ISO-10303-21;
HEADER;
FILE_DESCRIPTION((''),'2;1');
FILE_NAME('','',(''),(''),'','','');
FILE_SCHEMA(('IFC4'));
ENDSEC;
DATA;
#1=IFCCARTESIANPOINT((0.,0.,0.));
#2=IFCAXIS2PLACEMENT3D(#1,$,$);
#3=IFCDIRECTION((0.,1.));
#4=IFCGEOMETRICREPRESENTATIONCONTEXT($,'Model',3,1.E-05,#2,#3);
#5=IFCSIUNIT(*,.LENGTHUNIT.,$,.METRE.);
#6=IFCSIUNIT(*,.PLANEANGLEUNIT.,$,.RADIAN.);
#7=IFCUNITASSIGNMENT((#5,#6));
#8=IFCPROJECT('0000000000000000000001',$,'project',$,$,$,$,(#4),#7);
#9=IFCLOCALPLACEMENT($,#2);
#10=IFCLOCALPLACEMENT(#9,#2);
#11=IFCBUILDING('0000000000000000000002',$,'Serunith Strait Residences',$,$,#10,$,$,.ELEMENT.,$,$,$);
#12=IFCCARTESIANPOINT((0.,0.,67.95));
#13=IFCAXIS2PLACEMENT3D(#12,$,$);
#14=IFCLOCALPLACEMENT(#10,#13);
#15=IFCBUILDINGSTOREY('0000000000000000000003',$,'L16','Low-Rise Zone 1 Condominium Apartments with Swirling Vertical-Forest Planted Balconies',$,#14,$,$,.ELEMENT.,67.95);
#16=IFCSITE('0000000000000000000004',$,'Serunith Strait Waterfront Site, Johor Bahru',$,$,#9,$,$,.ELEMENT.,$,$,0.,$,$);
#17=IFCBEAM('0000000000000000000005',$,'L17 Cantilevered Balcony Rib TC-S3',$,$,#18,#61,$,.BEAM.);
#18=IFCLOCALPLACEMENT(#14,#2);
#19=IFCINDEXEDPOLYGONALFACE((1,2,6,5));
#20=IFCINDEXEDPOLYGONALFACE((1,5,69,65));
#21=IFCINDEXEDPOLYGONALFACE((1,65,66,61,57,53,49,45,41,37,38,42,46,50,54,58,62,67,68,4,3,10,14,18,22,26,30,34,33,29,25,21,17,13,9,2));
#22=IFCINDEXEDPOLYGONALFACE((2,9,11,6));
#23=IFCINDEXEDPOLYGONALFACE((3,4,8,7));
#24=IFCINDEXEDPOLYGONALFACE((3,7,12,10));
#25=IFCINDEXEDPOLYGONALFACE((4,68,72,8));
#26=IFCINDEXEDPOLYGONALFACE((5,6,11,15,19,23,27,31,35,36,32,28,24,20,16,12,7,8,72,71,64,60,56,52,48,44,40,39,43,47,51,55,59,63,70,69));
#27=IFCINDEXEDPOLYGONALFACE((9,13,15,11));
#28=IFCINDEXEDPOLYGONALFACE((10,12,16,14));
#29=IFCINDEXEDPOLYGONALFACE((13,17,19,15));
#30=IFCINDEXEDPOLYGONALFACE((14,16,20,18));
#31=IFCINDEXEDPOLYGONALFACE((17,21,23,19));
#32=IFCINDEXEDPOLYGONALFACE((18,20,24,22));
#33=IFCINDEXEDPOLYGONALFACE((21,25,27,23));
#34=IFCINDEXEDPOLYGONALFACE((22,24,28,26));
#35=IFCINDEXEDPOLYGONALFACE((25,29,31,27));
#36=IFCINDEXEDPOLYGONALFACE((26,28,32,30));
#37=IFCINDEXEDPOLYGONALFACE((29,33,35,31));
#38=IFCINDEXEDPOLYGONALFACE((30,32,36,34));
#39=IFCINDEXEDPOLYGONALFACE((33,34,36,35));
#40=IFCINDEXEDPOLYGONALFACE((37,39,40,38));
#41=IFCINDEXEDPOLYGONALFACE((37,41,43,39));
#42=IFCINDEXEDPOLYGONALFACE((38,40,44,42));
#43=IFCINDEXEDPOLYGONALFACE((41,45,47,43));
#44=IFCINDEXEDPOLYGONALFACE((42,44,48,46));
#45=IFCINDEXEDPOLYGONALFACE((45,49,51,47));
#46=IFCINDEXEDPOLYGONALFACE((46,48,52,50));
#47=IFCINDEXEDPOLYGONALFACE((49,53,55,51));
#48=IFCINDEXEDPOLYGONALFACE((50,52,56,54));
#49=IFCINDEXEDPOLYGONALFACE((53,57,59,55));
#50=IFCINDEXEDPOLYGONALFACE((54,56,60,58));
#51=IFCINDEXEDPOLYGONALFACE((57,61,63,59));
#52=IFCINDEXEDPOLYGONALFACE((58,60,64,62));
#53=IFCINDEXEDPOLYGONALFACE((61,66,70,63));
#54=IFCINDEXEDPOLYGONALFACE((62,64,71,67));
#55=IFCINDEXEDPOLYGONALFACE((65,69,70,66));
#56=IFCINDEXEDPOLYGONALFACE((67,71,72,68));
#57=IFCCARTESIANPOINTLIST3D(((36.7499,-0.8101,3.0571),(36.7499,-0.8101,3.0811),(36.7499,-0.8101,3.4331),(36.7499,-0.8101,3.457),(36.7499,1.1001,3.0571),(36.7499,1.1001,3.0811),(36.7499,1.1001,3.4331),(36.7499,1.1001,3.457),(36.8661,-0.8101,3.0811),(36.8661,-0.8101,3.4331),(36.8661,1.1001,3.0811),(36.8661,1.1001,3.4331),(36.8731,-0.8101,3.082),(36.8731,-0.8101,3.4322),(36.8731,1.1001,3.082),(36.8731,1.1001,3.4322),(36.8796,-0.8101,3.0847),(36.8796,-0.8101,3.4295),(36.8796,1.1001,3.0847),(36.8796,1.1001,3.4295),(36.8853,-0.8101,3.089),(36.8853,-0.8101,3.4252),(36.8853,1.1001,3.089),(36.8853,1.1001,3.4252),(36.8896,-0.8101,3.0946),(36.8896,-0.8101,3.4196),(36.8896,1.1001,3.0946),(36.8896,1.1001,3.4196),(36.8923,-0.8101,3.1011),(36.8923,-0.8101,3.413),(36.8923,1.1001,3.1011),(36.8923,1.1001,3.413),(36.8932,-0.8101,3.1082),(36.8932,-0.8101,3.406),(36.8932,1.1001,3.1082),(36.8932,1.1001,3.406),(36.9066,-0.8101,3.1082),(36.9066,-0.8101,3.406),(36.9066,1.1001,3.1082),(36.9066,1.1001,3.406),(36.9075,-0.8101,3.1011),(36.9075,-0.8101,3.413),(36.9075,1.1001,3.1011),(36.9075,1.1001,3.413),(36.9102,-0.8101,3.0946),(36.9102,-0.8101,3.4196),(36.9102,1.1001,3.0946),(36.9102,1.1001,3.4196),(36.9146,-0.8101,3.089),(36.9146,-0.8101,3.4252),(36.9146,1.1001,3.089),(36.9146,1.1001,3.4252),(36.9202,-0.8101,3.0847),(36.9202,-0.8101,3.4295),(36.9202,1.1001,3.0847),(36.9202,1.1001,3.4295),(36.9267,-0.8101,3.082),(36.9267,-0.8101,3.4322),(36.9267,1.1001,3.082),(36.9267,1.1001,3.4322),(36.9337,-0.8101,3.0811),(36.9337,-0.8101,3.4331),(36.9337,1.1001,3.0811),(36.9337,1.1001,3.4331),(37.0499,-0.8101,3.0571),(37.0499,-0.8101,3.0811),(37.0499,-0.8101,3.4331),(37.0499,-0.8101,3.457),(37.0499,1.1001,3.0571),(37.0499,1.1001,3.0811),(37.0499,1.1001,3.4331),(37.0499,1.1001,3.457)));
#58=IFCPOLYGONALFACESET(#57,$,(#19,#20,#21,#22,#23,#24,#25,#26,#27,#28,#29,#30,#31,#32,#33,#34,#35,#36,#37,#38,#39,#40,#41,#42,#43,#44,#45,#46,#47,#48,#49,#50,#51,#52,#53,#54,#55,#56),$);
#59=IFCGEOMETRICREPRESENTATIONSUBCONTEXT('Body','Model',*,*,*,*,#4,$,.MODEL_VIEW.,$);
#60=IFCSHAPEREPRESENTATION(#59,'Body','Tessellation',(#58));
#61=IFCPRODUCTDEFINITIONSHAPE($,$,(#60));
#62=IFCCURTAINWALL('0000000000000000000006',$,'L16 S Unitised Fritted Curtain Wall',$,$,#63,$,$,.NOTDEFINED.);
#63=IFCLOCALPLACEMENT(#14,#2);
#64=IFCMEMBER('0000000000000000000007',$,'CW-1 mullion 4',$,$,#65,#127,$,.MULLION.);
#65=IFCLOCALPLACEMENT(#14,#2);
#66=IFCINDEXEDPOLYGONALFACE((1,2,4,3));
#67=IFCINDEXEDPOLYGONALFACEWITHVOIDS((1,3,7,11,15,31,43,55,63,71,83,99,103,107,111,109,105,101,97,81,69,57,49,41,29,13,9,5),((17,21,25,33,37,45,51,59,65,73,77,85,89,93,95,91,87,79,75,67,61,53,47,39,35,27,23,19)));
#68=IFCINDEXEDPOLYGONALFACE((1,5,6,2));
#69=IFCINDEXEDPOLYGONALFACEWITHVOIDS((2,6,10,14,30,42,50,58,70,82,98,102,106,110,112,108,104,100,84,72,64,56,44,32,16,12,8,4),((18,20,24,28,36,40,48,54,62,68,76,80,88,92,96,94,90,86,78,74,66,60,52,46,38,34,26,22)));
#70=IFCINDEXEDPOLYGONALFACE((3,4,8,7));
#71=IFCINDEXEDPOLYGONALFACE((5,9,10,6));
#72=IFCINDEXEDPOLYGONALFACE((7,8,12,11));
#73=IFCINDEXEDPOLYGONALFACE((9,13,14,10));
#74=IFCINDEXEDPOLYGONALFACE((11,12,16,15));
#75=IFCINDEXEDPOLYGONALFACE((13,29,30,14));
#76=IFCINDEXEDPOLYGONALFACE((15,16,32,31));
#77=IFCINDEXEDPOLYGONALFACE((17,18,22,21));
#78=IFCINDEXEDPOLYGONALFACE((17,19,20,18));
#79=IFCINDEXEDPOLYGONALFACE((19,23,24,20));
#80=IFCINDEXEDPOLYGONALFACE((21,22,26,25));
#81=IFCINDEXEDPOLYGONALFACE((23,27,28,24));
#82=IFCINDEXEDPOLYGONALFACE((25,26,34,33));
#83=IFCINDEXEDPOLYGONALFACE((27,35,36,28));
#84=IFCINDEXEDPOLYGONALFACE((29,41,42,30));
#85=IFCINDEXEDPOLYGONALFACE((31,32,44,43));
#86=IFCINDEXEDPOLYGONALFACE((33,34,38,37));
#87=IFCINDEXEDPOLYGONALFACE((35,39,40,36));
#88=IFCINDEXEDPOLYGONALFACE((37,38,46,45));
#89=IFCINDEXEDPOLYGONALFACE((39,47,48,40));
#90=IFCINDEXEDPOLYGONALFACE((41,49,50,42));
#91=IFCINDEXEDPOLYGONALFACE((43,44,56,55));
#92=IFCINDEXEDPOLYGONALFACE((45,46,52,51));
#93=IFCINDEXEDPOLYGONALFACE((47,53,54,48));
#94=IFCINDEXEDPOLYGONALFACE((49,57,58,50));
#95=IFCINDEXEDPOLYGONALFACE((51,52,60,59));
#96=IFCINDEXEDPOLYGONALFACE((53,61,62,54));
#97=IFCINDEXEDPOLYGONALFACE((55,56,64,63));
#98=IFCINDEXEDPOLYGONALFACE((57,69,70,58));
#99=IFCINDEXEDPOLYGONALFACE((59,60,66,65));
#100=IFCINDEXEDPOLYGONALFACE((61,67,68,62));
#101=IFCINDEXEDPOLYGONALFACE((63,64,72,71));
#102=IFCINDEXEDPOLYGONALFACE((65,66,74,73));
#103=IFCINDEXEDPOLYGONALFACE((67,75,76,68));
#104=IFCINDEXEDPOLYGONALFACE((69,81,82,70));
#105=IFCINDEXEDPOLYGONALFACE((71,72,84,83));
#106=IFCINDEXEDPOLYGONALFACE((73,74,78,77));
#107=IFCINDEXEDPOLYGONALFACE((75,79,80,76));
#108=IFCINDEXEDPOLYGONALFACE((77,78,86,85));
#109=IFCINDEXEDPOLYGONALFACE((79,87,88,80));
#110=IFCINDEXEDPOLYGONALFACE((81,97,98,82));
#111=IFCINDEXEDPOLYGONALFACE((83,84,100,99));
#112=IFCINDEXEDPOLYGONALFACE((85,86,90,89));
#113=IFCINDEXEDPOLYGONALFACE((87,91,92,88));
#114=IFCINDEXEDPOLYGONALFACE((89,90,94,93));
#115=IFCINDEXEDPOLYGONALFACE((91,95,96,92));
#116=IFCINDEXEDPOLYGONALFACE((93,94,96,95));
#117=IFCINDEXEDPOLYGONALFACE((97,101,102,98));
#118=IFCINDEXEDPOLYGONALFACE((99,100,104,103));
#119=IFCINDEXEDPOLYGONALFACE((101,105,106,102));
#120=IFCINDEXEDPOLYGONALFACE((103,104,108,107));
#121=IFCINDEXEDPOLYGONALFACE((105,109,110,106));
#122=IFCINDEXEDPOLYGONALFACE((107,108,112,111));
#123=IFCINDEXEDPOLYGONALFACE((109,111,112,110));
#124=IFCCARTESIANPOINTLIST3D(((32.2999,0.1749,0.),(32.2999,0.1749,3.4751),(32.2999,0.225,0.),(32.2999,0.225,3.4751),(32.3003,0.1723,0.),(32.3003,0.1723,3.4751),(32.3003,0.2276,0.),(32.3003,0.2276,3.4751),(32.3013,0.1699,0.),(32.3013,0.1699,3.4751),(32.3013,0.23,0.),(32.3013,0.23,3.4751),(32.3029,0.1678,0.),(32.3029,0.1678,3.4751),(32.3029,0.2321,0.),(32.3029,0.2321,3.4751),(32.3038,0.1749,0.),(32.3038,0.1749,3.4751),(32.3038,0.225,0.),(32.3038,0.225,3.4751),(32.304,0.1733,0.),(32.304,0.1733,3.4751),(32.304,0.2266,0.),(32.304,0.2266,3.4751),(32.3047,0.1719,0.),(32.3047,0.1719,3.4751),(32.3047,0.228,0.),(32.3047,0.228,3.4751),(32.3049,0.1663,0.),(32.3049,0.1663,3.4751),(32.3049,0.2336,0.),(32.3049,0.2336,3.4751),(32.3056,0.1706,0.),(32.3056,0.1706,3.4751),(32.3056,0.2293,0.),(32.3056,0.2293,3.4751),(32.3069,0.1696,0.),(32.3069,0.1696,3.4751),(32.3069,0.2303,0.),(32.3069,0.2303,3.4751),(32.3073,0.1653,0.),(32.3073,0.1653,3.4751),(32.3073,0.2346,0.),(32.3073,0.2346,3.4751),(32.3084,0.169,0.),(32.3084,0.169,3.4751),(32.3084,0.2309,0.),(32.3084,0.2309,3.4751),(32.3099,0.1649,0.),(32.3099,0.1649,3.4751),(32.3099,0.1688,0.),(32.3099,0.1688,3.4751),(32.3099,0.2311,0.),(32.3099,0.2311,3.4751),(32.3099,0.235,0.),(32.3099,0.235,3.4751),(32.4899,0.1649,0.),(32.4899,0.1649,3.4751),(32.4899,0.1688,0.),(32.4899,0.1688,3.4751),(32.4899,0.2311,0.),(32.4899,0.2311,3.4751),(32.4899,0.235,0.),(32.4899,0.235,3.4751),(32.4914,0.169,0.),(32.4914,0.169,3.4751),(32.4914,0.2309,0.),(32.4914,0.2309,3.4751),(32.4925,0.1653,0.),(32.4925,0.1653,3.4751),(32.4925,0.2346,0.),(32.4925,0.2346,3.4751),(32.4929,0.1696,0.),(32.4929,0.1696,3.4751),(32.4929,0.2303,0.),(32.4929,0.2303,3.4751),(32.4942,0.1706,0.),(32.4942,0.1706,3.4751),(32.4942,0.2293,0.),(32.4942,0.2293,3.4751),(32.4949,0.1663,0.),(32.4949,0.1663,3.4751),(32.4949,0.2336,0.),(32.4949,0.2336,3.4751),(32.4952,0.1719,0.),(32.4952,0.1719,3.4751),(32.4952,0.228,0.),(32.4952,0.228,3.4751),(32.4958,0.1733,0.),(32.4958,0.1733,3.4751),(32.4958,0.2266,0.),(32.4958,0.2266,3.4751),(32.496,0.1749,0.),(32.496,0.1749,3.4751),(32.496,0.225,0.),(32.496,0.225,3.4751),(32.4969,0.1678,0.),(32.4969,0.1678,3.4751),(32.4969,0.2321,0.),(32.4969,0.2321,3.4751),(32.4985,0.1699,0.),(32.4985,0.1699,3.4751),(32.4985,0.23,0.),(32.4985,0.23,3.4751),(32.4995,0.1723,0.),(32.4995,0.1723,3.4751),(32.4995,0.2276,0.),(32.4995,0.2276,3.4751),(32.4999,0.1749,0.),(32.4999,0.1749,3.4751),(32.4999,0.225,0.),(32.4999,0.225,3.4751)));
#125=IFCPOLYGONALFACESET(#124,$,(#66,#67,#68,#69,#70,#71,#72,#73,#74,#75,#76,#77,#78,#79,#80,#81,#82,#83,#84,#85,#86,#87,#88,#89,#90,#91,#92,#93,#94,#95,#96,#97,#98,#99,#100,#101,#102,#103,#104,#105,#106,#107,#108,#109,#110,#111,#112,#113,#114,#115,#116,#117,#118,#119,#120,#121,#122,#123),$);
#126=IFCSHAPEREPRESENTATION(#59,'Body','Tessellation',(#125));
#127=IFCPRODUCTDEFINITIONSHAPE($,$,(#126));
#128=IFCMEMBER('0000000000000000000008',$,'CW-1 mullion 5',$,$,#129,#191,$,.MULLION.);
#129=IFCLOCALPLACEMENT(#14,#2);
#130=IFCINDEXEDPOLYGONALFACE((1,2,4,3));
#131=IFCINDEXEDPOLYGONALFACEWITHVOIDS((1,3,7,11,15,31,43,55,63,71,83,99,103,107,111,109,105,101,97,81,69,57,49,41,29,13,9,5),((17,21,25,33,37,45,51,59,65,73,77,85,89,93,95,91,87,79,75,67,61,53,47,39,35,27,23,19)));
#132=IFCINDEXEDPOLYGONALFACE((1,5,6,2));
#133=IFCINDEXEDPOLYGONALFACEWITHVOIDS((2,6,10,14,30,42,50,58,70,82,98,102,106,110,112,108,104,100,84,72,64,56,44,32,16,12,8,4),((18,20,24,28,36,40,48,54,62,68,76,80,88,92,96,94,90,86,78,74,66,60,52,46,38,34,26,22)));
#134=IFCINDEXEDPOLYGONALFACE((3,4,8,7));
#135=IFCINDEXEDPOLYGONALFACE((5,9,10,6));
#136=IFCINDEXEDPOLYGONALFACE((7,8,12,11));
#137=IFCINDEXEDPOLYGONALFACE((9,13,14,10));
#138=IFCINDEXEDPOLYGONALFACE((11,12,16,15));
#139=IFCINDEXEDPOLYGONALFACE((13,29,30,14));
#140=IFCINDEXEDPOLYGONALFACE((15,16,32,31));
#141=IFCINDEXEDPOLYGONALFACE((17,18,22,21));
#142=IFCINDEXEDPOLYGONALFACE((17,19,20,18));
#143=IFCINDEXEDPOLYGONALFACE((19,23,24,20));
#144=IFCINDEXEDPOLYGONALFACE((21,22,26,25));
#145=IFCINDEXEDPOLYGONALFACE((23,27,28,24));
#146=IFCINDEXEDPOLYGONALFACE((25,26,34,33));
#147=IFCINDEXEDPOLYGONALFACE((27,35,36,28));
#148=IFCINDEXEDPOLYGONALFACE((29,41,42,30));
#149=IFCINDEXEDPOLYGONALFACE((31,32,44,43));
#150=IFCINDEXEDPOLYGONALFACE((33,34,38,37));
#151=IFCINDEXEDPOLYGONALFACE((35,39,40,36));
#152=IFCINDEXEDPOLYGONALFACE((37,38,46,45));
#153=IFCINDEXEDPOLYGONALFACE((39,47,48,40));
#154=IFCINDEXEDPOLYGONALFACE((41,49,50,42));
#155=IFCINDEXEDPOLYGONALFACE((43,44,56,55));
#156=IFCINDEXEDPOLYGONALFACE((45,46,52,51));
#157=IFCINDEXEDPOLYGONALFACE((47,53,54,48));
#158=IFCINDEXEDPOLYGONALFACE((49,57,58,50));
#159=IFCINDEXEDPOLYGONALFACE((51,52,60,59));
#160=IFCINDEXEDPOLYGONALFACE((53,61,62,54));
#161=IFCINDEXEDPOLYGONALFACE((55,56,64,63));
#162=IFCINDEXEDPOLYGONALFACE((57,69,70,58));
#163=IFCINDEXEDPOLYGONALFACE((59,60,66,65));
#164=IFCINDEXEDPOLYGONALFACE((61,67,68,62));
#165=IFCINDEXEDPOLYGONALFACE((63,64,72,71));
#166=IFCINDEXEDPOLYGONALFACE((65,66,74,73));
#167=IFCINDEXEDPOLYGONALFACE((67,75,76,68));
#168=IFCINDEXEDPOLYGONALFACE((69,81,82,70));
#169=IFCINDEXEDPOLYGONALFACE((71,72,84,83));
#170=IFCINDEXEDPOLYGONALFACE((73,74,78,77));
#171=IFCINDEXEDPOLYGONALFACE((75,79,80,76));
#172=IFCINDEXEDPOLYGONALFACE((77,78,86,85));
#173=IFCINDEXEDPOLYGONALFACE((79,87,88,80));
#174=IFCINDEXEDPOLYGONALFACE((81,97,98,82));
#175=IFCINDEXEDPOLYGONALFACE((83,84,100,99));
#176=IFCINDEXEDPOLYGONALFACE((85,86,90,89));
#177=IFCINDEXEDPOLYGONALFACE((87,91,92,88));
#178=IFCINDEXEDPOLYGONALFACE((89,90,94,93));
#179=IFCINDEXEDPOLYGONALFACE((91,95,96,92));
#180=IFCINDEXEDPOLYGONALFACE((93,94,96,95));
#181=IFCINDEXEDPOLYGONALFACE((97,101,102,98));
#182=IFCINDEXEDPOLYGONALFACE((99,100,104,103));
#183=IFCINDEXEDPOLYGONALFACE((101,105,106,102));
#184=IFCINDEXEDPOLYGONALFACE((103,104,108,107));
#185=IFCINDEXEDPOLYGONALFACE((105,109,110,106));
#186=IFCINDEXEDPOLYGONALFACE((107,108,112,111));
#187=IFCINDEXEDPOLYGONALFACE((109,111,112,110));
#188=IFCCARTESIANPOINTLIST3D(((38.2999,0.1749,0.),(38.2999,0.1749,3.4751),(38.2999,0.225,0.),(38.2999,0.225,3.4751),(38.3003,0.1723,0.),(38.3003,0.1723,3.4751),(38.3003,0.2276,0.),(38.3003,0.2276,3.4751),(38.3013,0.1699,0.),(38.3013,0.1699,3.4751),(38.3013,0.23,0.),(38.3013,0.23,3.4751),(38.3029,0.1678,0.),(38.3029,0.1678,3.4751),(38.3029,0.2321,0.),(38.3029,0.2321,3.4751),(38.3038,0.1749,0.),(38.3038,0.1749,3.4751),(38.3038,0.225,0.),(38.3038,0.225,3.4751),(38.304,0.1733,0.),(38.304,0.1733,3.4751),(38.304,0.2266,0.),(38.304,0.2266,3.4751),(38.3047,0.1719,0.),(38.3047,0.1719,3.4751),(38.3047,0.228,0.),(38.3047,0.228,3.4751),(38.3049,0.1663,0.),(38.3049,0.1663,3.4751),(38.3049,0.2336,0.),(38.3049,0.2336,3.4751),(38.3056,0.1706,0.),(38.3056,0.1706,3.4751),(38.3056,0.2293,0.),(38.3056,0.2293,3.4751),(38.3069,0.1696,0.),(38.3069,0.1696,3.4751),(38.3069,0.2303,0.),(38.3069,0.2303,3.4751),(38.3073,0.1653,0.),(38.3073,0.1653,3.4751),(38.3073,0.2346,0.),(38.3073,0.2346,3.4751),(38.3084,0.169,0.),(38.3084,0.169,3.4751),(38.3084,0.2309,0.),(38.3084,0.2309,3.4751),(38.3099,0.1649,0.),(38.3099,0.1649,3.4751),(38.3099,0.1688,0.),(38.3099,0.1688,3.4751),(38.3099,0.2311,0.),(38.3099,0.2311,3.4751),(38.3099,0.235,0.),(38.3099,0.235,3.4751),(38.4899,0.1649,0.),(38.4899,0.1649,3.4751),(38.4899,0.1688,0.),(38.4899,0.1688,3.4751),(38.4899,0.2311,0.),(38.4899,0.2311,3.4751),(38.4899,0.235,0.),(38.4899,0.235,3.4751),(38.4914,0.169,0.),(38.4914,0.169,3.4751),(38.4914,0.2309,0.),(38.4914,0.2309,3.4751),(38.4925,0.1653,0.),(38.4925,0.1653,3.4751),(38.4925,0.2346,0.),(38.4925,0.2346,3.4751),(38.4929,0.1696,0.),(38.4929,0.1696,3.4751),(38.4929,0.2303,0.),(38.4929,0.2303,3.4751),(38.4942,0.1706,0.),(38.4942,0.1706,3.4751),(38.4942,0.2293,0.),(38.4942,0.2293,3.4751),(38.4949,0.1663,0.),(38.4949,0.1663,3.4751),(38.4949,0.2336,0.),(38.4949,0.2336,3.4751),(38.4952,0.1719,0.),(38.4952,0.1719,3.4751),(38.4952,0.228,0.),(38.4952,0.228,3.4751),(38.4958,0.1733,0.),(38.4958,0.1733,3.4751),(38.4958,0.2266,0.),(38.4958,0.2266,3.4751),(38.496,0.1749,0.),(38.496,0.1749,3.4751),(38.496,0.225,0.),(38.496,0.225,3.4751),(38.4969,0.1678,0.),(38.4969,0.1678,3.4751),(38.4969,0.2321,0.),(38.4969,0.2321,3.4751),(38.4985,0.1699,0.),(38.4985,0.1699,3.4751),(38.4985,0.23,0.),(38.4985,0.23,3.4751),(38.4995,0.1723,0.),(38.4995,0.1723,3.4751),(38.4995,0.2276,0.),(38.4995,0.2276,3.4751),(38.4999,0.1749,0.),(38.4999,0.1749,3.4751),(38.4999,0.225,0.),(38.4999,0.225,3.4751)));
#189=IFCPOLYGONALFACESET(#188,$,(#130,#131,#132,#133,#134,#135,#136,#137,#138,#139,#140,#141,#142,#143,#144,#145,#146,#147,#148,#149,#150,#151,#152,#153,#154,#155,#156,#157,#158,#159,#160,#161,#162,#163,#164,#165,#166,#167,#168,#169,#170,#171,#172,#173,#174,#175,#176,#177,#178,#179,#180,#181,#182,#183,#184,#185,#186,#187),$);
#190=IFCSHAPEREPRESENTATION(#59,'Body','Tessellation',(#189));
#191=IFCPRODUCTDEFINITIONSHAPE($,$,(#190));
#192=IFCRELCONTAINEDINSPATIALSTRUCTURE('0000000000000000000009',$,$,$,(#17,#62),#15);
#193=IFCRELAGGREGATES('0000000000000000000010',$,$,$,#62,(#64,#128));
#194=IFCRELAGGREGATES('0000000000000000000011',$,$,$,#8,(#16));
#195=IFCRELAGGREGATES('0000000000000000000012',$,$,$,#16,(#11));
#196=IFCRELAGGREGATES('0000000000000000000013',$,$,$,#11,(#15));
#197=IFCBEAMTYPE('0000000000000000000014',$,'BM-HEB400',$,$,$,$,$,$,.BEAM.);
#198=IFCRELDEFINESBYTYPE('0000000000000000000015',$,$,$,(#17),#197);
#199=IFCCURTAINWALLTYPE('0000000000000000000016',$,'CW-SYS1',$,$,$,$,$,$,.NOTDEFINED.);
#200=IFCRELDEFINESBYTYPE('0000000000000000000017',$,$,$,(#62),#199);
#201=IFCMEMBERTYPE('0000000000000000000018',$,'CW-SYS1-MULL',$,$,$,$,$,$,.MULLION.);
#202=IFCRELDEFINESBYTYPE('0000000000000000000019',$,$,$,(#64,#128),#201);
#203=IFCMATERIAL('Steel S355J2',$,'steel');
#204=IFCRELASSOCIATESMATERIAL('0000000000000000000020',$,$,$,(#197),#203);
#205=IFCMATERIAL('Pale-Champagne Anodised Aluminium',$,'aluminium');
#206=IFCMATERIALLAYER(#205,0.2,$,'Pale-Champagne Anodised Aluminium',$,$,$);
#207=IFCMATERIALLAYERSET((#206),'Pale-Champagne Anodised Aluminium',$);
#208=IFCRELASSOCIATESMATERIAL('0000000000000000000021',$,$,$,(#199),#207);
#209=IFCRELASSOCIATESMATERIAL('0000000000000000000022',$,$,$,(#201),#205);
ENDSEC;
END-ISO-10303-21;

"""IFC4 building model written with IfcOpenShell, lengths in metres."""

from ifc_helpers import new_model, si_unit, direction, frame, origin, origin_2d, place, context, subcontext, project, spatial, hollow_rectangle, i_section, extrude, source, transform, mapped, material, layer, layer_set, material_profile, profile_set, type_object, element, aggregate, save


model = new_model("IFC4")

# Units and contexts
model_context = context("Model", 3, precision=1e-05, world=origin(), true_north=direction((0.0, 1.0)))
body_context = subcontext(model_context, "Body", "Model", "MODEL_VIEW")
ifc_project = project(units=[si_unit("LENGTHUNIT", "METRE"), si_unit("PLANEANGLEUNIT", "RADIAN")], contexts=[model_context])

# Site, building, storey
site_placement = place(None, origin())
site = spatial("IfcSite", under=ifc_project, at=site_placement, Name="Serunith Strait Waterfront Site, Johor Bahru", CompositionType="ELEMENT", RefElevation=0.0)
building_placement = place(site_placement, origin())
building = spatial("IfcBuilding", under=site, at=building_placement, Name="Serunith Strait Residences", CompositionType="ELEMENT")
storey_placement = place(building_placement, frame((0.0, 0.0, 67.95)))
storey = spatial("IfcBuildingStorey", under=building, at=storey_placement, Name="L16", Description="Low-Rise Zone 1 Condominium Apartments with Swirling Vertical-Forest Planted Balconies", CompositionType="ELEMENT", Elevation=67.95)

# Beam
ifc_material_1 = material(Name="Steel S355J2", Category="steel")
ifc_material_profile_1 = material_profile(ifc_material_1, i_section(OverallWidth=0.3, OverallDepth=0.3999, WebThickness=0.0134, FlangeThickness=0.0239, FilletRadius=0.0271, at=origin_2d()), Name="HEB 400")
ifc_profile_set_1 = profile_set([ifc_material_profile_1], Name="Steel S355J2")
beam_type_1 = type_object("IfcBeamType", Name="BM-HEB400", PredefinedType="BEAM", material=ifc_profile_set_1)
shared_shape_1 = source(origin(), body_context, "Body", "SweptSolid", [
    extrude(i_section(OverallWidth=0.3, OverallDepth=0.3999, WebThickness=0.0134, FlangeThickness=0.0239, FilletRadius=0.0271, at=origin_2d()), origin(), (0.0, 0.0, 1.0), 1.9102),
])
beam_1_placement = place(storey_placement, frame((36.8999, 1.1001, 3.2571), z_axis=(0.0, -1.0, 0.0), x_axis=(1.0, 0.0, 0.0)))
element("IfcBeam", 1, at=beam_1_placement, inside=storey, type_object=beam_type_1, Name="L17 Cantilevered Balcony Rib TC-S3", PredefinedType="BEAM", context=body_context, shape_type="MappedRepresentation", body=[
    mapped(shared_shape_1, transform((0.0, 0.0, 0.0), scale=1.0)),
])

# Curtain wall, members
ifc_material_2 = material(Name="Pale-Champagne Anodised Aluminium", Category="aluminium")
ifc_layer_1 = layer(ifc_material_2, 0.2, Name="Pale-Champagne Anodised Aluminium")
ifc_layer_set_1 = layer_set([ifc_layer_1], Name="Pale-Champagne Anodised Aluminium")
curtain_wall_type = type_object("IfcCurtainWallType", Name="CW-SYS1", PredefinedType="NOTDEFINED", material=ifc_layer_set_1)
curtain_wall_placement = place(storey_placement, origin())
curtain_wall = element("IfcCurtainWall", 2, at=curtain_wall_placement, inside=storey, type_object=curtain_wall_type, Name="L16 S Unitised Fritted Curtain Wall", PredefinedType="NOTDEFINED")
ifc_material_profile_2 = material_profile(ifc_material_2, hollow_rectangle(XDim=0.0701, YDim=0.2, WallThickness=0.0039, InnerFilletRadius=0.0061, OuterFilletRadius=0.01, at=origin_2d()), Name="ALU 200x70x4")
ifc_profile_set_2 = profile_set([ifc_material_profile_2], Name="Pale-Champagne Anodised Aluminium")
member_type_1 = type_object("IfcMemberType", Name="CW-SYS1-MULL", PredefinedType="MULLION", material=ifc_profile_set_2)
shared_shape_2 = source(origin(), body_context, "Body", "SweptSolid", [
    extrude(hollow_rectangle(XDim=0.0701, YDim=0.2, WallThickness=0.0039, InnerFilletRadius=0.0061, OuterFilletRadius=0.01, at=origin_2d()), origin(), (0.0, 0.0, 1.0), 3.4751),
])
member_1_placement = place(storey_placement, frame((32.3999, 0.2, 0.0), z_axis=(0.0, 0.0, 1.0), x_axis=(0.0, 1.0, 0.0)))
member_1 = element("IfcMember", 3, at=member_1_placement, type_object=member_type_1, Name="CW-1 mullion 4", PredefinedType="MULLION", context=body_context, shape_type="MappedRepresentation", body=[
    mapped(shared_shape_2, transform((0.0, 0.0, 0.0), scale=1.0)),
])
member_2_placement = place(storey_placement, frame((38.3999, 0.2, 0.0), z_axis=(0.0, 0.0, 1.0), x_axis=(0.0, 1.0, 0.0)))
member_2 = element("IfcMember", 4, at=member_2_placement, type_object=member_type_1, Name="CW-1 mullion 5", PredefinedType="MULLION", context=body_context, shape_type="MappedRepresentation", body=[
    mapped(shared_shape_2, transform((0.0, 0.0, 0.0), scale=1.0)),
])
aggregate(curtain_wall, [member_1, member_2])

save(model, "model.ifc")
